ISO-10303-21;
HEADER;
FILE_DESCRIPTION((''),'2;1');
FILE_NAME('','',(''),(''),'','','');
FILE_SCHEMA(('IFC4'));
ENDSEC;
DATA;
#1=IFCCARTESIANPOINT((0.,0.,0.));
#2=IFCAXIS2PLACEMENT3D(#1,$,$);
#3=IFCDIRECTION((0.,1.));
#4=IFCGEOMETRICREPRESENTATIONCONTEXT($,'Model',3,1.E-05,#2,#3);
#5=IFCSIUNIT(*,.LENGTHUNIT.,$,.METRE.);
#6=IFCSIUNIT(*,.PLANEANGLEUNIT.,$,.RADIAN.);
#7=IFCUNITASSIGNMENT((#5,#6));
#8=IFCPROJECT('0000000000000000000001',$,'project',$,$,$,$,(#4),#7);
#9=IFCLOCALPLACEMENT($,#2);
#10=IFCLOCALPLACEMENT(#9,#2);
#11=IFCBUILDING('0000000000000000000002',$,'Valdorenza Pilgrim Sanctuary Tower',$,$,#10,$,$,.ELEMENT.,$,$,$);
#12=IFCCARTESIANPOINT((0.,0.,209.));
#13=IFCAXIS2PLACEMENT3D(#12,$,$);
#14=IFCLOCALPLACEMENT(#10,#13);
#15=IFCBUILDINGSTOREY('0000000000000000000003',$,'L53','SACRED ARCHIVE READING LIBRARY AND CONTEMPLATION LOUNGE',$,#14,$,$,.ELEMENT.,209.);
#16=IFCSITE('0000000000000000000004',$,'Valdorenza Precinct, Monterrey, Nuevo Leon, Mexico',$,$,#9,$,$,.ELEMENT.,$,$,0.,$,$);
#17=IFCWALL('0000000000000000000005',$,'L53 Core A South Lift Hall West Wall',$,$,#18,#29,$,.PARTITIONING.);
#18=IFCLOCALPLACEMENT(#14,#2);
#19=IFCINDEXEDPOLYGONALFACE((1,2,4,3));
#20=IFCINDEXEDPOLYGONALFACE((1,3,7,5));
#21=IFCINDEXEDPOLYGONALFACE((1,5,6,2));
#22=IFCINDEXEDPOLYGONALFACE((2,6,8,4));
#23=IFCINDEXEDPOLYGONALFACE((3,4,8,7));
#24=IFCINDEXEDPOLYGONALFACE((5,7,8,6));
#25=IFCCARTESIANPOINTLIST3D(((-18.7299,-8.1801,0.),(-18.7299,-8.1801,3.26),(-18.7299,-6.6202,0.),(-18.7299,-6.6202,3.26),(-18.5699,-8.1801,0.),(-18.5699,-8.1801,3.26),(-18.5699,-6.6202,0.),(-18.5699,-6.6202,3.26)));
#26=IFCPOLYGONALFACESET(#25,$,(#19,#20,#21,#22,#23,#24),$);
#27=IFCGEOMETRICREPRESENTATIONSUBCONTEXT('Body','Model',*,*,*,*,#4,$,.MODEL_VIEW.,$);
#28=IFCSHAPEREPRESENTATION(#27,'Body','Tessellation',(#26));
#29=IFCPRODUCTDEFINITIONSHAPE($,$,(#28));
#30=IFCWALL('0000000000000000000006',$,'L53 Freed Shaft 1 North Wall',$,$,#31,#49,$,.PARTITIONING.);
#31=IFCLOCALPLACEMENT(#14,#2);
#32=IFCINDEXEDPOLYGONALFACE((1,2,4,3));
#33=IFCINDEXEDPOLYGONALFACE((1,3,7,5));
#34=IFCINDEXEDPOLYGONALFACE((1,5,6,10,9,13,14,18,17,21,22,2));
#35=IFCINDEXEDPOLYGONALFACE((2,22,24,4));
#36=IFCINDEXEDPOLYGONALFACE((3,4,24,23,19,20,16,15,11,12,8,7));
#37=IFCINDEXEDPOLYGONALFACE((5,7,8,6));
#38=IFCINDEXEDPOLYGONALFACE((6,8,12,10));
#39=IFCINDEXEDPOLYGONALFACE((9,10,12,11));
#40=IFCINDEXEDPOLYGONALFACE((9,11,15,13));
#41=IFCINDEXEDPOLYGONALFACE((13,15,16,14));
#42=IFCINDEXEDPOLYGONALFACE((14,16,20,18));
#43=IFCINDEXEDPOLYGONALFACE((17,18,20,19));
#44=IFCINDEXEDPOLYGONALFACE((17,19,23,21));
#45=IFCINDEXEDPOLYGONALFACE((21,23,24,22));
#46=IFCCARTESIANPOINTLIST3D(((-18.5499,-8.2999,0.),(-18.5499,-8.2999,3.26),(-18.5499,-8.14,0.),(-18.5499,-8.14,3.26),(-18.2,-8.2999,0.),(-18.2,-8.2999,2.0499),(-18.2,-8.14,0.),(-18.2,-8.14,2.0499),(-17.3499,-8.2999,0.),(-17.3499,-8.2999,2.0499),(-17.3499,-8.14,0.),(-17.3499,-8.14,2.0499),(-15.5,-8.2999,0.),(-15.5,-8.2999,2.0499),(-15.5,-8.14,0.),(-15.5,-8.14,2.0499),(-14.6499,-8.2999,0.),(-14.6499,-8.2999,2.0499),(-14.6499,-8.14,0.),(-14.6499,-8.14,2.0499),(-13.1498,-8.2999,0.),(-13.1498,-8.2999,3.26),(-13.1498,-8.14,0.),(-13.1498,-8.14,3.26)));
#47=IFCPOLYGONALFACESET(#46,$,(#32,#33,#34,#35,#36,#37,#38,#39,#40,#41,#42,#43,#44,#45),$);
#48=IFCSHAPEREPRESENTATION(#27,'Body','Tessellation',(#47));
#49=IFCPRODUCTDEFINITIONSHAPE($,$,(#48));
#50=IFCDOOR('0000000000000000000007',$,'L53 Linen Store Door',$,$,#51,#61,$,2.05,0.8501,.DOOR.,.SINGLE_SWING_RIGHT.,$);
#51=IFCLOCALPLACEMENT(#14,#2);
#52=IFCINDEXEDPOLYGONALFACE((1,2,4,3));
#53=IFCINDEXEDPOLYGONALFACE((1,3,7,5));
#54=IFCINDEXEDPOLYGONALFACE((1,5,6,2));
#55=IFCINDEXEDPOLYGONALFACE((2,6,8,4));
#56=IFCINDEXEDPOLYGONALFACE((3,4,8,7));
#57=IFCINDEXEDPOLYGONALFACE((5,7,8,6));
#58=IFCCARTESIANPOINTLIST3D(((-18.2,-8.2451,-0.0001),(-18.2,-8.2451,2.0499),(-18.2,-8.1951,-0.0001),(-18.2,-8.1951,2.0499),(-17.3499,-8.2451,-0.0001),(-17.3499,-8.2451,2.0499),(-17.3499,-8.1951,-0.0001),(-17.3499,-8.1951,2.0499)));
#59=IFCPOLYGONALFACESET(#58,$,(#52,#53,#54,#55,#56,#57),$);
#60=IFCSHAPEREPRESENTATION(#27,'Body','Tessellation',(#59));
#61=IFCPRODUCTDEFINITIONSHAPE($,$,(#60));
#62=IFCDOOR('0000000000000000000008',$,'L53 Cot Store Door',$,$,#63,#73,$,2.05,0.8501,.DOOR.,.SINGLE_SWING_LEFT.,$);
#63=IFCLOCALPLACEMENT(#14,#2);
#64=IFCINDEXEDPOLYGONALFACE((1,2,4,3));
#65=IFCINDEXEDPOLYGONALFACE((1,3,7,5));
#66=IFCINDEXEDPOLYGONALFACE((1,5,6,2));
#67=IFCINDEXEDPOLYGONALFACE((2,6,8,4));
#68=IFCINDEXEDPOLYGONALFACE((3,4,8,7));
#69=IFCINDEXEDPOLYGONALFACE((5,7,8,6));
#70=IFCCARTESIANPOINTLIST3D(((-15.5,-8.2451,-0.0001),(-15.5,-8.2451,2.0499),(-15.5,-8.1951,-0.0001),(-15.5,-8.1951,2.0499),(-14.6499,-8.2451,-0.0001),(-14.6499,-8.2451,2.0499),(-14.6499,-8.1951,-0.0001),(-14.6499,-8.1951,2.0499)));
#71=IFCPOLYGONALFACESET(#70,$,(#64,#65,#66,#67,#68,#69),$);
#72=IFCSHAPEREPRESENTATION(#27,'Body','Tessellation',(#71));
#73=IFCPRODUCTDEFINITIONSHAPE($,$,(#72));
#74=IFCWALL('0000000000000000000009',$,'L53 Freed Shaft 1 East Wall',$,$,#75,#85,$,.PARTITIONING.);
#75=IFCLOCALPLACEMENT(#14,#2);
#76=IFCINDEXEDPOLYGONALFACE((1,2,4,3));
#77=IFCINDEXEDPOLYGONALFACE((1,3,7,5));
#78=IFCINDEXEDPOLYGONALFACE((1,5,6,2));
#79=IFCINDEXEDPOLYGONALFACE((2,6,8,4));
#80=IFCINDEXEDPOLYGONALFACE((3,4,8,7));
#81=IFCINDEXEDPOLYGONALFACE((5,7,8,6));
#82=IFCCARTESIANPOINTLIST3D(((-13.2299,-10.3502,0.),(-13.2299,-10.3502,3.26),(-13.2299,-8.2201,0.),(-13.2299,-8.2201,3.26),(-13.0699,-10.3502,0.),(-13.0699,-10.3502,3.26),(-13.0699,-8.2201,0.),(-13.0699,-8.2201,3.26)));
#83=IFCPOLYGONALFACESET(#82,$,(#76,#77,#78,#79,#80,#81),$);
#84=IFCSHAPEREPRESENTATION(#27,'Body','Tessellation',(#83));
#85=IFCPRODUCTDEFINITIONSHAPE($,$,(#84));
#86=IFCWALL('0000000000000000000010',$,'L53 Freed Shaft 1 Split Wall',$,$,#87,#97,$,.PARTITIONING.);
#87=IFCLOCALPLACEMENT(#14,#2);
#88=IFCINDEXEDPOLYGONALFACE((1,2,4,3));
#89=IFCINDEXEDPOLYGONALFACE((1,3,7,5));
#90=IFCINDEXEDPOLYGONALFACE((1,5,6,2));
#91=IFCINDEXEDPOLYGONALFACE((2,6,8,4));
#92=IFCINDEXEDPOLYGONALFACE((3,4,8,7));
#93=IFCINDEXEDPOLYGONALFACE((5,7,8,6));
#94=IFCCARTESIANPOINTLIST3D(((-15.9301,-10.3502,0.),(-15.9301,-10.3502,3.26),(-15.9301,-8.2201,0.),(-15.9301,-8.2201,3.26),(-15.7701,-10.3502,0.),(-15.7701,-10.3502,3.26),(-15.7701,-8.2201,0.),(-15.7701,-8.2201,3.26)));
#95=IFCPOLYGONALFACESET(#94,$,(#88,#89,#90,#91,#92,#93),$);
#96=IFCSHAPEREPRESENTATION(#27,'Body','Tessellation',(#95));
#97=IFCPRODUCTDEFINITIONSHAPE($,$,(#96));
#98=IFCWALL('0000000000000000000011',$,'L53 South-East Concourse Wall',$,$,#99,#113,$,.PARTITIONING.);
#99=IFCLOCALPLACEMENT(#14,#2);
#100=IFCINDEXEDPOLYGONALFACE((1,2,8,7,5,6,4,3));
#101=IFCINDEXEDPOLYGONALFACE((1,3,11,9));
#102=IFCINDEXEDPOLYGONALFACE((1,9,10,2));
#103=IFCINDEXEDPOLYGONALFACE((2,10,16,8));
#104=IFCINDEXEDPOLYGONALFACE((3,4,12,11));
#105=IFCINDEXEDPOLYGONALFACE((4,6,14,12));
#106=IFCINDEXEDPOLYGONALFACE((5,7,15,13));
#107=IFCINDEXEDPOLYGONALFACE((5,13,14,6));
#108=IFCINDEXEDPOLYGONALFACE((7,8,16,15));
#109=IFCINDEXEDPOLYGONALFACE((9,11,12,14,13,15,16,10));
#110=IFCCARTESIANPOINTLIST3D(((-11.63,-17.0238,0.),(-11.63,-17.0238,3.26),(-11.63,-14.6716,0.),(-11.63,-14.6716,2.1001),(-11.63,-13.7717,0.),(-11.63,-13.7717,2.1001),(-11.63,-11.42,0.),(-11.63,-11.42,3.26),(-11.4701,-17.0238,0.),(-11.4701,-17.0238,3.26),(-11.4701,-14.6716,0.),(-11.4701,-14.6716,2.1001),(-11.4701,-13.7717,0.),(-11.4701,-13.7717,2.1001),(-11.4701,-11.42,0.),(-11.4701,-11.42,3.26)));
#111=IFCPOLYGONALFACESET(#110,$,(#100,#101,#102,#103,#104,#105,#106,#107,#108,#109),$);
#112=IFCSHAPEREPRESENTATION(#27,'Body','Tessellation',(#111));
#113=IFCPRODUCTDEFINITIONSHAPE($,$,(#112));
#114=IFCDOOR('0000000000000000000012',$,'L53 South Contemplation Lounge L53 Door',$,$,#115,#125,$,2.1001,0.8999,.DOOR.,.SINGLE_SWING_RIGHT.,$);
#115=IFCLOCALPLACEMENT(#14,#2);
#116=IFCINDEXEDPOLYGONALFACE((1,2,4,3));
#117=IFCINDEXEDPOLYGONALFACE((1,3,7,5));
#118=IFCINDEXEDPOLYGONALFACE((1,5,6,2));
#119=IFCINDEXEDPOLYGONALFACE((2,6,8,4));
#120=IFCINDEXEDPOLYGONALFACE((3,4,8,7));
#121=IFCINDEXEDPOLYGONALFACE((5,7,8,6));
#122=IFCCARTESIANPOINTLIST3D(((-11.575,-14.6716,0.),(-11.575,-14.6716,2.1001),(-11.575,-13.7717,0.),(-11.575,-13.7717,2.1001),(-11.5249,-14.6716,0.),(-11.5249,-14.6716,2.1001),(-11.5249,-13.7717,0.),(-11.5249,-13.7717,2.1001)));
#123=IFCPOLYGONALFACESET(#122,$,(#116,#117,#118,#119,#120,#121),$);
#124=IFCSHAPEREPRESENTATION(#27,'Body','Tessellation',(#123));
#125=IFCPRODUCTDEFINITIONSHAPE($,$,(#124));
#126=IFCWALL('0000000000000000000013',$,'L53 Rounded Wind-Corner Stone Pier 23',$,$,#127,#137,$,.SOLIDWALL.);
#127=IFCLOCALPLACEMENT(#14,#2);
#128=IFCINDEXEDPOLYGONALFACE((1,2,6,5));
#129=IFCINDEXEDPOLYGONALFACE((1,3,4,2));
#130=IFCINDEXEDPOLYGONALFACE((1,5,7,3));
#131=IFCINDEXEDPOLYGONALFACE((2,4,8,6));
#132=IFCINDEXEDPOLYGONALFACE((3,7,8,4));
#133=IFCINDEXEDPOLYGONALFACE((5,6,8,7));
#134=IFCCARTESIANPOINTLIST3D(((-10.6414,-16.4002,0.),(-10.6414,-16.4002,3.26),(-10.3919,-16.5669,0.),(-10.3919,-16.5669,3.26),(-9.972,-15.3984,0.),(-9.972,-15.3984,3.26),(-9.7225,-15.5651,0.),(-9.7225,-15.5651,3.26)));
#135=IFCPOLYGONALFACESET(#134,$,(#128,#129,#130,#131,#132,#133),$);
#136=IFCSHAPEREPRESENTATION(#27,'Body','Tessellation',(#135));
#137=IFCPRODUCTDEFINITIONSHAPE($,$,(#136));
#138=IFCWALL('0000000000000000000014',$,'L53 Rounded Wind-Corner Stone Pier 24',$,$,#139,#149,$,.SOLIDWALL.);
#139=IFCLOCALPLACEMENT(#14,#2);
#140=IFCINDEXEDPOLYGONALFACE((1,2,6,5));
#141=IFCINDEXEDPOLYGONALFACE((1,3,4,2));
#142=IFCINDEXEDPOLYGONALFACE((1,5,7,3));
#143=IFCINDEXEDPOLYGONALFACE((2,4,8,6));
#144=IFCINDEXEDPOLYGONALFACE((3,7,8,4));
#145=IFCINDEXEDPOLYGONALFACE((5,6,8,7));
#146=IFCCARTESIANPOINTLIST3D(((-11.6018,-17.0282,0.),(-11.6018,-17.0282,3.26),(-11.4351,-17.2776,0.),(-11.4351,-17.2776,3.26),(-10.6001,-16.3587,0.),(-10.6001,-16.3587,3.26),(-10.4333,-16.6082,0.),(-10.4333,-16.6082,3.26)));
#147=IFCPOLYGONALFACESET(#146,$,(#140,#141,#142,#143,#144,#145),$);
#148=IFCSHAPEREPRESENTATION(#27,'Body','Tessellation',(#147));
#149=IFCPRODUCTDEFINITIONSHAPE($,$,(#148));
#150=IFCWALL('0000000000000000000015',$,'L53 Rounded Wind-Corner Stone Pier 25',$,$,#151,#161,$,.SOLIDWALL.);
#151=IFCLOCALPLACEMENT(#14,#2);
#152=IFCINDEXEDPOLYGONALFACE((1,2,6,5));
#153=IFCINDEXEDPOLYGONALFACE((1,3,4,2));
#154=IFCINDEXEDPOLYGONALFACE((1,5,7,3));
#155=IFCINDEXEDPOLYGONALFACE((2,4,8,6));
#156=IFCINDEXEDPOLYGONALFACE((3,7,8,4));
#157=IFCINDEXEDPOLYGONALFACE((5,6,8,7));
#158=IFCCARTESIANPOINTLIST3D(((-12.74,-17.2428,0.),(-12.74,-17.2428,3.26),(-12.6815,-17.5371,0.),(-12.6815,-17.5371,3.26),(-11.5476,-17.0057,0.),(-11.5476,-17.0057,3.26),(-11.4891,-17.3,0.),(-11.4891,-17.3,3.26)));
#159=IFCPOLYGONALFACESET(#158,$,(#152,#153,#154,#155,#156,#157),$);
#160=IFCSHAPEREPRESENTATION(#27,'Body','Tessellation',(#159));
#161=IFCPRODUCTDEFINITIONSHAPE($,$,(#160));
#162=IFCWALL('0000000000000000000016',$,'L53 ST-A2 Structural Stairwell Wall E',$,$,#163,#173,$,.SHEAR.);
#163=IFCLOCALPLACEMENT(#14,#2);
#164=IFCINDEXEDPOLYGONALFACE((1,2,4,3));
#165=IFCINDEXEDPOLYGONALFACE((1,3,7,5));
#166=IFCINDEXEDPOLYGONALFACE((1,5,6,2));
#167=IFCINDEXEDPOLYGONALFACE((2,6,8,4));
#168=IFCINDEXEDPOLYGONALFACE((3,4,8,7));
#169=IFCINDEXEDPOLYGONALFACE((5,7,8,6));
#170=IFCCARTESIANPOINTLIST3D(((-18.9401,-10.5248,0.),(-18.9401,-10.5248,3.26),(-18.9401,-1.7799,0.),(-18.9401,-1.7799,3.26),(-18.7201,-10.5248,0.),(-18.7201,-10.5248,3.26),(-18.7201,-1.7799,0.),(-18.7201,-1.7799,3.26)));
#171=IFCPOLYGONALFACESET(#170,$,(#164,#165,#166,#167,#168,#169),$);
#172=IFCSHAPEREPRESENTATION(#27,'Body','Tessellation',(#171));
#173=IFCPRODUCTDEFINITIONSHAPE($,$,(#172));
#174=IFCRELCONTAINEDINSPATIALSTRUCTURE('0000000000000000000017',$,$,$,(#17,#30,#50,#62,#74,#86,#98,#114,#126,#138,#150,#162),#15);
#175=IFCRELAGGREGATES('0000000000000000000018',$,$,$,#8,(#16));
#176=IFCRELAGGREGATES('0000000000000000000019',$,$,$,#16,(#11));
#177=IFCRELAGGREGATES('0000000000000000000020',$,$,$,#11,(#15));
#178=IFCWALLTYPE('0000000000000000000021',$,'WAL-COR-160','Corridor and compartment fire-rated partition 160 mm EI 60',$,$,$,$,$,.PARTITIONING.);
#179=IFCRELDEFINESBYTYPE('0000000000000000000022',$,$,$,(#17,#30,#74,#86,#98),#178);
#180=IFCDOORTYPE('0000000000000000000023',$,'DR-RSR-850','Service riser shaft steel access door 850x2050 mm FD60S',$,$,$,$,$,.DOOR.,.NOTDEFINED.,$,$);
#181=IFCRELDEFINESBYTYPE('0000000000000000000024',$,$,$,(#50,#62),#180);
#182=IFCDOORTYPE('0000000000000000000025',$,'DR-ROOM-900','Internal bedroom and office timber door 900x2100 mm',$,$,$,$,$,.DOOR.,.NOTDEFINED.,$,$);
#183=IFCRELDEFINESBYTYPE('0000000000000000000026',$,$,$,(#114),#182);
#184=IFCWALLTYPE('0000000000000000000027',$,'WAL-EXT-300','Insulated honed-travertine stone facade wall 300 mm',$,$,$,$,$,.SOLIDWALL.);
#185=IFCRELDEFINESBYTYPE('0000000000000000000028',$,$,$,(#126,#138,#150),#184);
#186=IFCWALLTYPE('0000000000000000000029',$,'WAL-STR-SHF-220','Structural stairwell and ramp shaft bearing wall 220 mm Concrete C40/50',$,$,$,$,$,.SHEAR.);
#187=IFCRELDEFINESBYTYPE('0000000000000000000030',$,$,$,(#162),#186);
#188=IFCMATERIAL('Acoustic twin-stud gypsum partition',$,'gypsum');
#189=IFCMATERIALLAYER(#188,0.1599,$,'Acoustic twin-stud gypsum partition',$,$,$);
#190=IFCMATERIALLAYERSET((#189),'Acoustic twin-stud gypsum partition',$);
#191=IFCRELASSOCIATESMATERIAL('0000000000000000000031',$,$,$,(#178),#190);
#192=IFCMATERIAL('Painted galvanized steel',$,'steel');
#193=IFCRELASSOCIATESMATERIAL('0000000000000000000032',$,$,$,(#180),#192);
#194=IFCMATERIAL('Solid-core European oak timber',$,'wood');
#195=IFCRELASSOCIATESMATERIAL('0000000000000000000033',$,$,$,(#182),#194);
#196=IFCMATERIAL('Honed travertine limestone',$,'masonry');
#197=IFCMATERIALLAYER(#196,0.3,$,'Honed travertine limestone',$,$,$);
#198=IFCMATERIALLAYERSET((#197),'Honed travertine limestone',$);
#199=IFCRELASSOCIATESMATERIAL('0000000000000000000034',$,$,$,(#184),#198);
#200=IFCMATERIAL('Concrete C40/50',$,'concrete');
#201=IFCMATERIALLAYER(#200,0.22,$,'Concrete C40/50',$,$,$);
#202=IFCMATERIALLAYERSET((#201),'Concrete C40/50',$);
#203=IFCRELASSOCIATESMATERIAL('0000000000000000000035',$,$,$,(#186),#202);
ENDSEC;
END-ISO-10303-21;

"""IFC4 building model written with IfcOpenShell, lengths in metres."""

from ifc_helpers import new_model, si_unit, direction, frame, frame_2d, origin, place, context, subcontext, project, spatial, rectangle, extrude, material, layer, layer_set, type_object, element, fill, save


model = new_model("IFC4")

# Units and contexts
model_context = context("Model", 3, precision=1e-05, world=origin(), true_north=direction((0.0, 1.0)))
body_context = subcontext(model_context, "Body", "Model", "MODEL_VIEW")
ifc_project = project(units=[si_unit("LENGTHUNIT", "METRE"), si_unit("PLANEANGLEUNIT", "RADIAN")], contexts=[model_context])

# Site, building, storey
site_placement = place(None, origin())
site = spatial("IfcSite", under=ifc_project, at=site_placement, Name="Valdorenza Precinct, Monterrey, Nuevo Leon, Mexico", CompositionType="ELEMENT", RefElevation=0.0)
building_placement = place(site_placement, origin())
building = spatial("IfcBuilding", under=site, at=building_placement, Name="Valdorenza Pilgrim Sanctuary Tower", CompositionType="ELEMENT")
storey_placement = place(building_placement, frame((0.0, 0.0, 209.0)))
storey = spatial("IfcBuildingStorey", under=building, at=storey_placement, Name="L53", Description="SACRED ARCHIVE READING LIBRARY AND CONTEMPLATION LOUNGE", CompositionType="ELEMENT", Elevation=209.0)

# Shared definitions
ifc_material_1 = material(Name="Honed travertine limestone", Category="masonry")

# Wall
ifc_material_2 = material(Name="Acoustic twin-stud gypsum partition", Category="gypsum")
ifc_layer_1 = layer(ifc_material_2, 0.1599, Name="Acoustic twin-stud gypsum partition")
ifc_layer_set_1 = layer_set([ifc_layer_1], Name="Acoustic twin-stud gypsum partition")
wall_type_1 = type_object("IfcWallType", Name="WAL-COR-160", Description="Corridor and compartment fire-rated partition 160 mm EI 60", PredefinedType="PARTITIONING", material=ifc_layer_set_1)
wall_1_placement = place(storey_placement, frame((-18.6499, -8.1799, 0.0), z_axis=(0.0, 0.0, 1.0), x_axis=(0.0, 1.0, 0.0)))
element("IfcWall", 1, at=wall_1_placement, inside=storey, type_object=wall_type_1, Name="L53 Core A South Lift Hall West Wall", PredefinedType="PARTITIONING", context=body_context, shape_type="SweptSolid", body=[
    extrude(rectangle(XDim=1.5598, YDim=0.1599, at=frame_2d((0.7798, 0.0))), origin(), (0.0, 0.0, 1.0), 3.26),
])

# Wall, openings, doors
wall_2_placement = place(storey_placement, frame((-18.55, -8.22, 0.0), z_axis=(0.0, 0.0, 1.0), x_axis=(1.0, 0.0, 0.0)))
wall_2 = element("IfcWall", 2, at=wall_2_placement, inside=storey, type_object=wall_type_1, Name="L53 Freed Shaft 1 North Wall", PredefinedType="PARTITIONING", context=body_context, shape_type="SweptSolid", body=[
    extrude(rectangle(XDim=5.4001, YDim=0.1599, at=frame_2d((2.7002, 0.0))), origin(), (0.0, 0.0, 1.0), 3.26),
])
opening_1_placement = place(wall_2_placement, frame((0.3501, 0.0, 0.0)))
opening_1 = element("IfcOpeningElement", 3, at=opening_1_placement, cuts=wall_2, PredefinedType="OPENING", context=body_context, shape_type="SweptSolid", body=[
    extrude(rectangle(XDim=0.8501, YDim=2.05, at=frame_2d((0.425, 1.0249))), frame((0.0, 0.0947, 0.0), z_axis=(0.0, -1.0, 0.0), x_axis=(1.0, 0.0, 0.0)), (0.0, 0.0, 1.0), 0.1897),
])
opening_2_placement = place(wall_2_placement, frame((3.05, 0.0, 0.0)))
opening_2 = element("IfcOpeningElement", 4, at=opening_2_placement, cuts=wall_2, PredefinedType="OPENING", context=body_context, shape_type="SweptSolid", body=[
    extrude(rectangle(XDim=0.8501, YDim=2.05, at=frame_2d((0.425, 1.0249))), frame((0.0, 0.0947, 0.0), z_axis=(0.0, -1.0, 0.0), x_axis=(1.0, 0.0, 0.0)), (0.0, 0.0, 1.0), 0.1897),
])
ifc_material_3 = material(Name="Painted galvanized steel", Category="steel")
door_type_1 = type_object("IfcDoorType", Name="DR-RSR-850", Description="Service riser shaft steel access door 850x2050 mm FD60S", OperationType="NOTDEFINED", PredefinedType="DOOR", material=ifc_material_3)
door_1_placement = place(opening_1_placement, origin())
door_1 = element("IfcDoor", 5, at=door_1_placement, inside=storey, type_object=door_type_1, Name="L53 Linen Store Door", OperationType="SINGLE_SWING_RIGHT", OverallHeight=2.05, OverallWidth=0.8501, PredefinedType="DOOR", context=body_context, shape_type="SweptSolid", body=[
    extrude(rectangle(XDim=0.8501, YDim=2.05, at=frame_2d((0.425, 1.0249))), frame((0.0, 0.0249, 0.0), z_axis=(0.0, -1.0, 0.0), x_axis=(1.0, 0.0, 0.0)), (0.0, 0.0, 1.0), 0.05),
])
fill(opening_1, door_1)
door_2_placement = place(opening_2_placement, origin())
door_2 = element("IfcDoor", 6, at=door_2_placement, inside=storey, type_object=door_type_1, Name="L53 Cot Store Door", OperationType="SINGLE_SWING_LEFT", OverallHeight=2.05, OverallWidth=0.8501, PredefinedType="DOOR", context=body_context, shape_type="SweptSolid", body=[
    extrude(rectangle(XDim=0.8501, YDim=2.05, at=frame_2d((0.425, 1.0249))), frame((0.0, 0.0249, 0.0), z_axis=(0.0, -1.0, 0.0), x_axis=(1.0, 0.0, 0.0)), (0.0, 0.0, 1.0), 0.05),
])
fill(opening_2, door_2)

# Walls
for number, where, z_axis, x_axis, name in (
    (7, (-13.1499, -10.3501, 0.0), (0.0, 0.0, 1.0), (0.0, 1.0, 0.0), "L53 Freed Shaft 1 East Wall"),
    (8, (-15.8501, -10.3501, 0.0), (0.0, 0.0, 1.0), (0.0, 1.0, 0.0), "L53 Freed Shaft 1 Split Wall"),
):
    element("IfcWall", number, at=place(storey_placement, frame(where, z_axis=z_axis, x_axis=x_axis)), inside=storey, type_object=wall_type_1, Name=name, PredefinedType="PARTITIONING", context=body_context, shape_type="SweptSolid", body=[
        extrude(rectangle(XDim=2.1301, YDim=0.1599, at=frame_2d((1.0649, 0.0))), origin(), (0.0, 0.0, 1.0), 3.26),
    ])

# Wall, opening, door
wall_3_placement = place(storey_placement, frame((-11.55, -17.0237, 0.0), z_axis=(0.0, 0.0, 1.0), x_axis=(0.0, 1.0, 0.0)))
wall_3 = element("IfcWall", 9, at=wall_3_placement, inside=storey, type_object=wall_type_1, Name="L53 South-East Concourse Wall", PredefinedType="PARTITIONING", context=body_context, shape_type="SweptSolid", body=[
    extrude(rectangle(XDim=5.6038, YDim=0.1599, at=frame_2d((2.8018, 0.0))), origin(), (0.0, 0.0, 1.0), 3.26),
])
opening_3_placement = place(wall_3_placement, frame((2.3521, 0.0, 0.0)))
opening_3 = element("IfcOpeningElement", 10, at=opening_3_placement, cuts=wall_3, PredefinedType="OPENING", context=body_context, shape_type="SweptSolid", body=[
    extrude(rectangle(XDim=0.8999, YDim=2.1001, at=frame_2d((0.45, 1.05))), frame((0.0, 0.0947, 0.0), z_axis=(0.0, -1.0, 0.0), x_axis=(1.0, 0.0, 0.0)), (0.0, 0.0, 1.0), 0.1897),
])
ifc_material_4 = material(Name="Solid-core European oak timber", Category="wood")
door_type_2 = type_object("IfcDoorType", Name="DR-ROOM-900", Description="Internal bedroom and office timber door 900x2100 mm", OperationType="NOTDEFINED", PredefinedType="DOOR", material=ifc_material_4)
door_3_placement = place(opening_3_placement, origin())
door_3 = element("IfcDoor", 11, at=door_3_placement, inside=storey, type_object=door_type_2, Name="L53 South Contemplation Lounge L53 Door", OperationType="SINGLE_SWING_RIGHT", OverallHeight=2.1001, OverallWidth=0.8999, PredefinedType="DOOR", context=body_context, shape_type="SweptSolid", body=[
    extrude(rectangle(XDim=0.8999, YDim=2.1001, at=frame_2d((0.45, 1.05))), frame((0.0, 0.0249, 0.0), z_axis=(0.0, -1.0, 0.0), x_axis=(1.0, 0.0, 0.0)), (0.0, 0.0, 1.0), 0.05),
])
fill(opening_3, door_3)

# Walls
ifc_layer_2 = layer(ifc_material_1, 0.3, Name="Honed travertine limestone")
ifc_layer_set_2 = layer_set([ifc_layer_2], Name="Honed travertine limestone")
wall_type_2 = type_object("IfcWallType", Name="WAL-EXT-300", Description="Insulated honed-travertine stone facade wall 300 mm", PredefinedType="SOLIDWALL", material=ifc_layer_set_2)
for number, where, z_axis, x_axis, name in (
    (12, (-9.8472, -15.4817, 0.0), (0.0, 0.0, 1.0), (-0.555635, -0.831426, 0.0), "L53 Rounded Wind-Corner Stone Pier 23"),
    (13, (-10.5166, -16.4834, 0.0), (0.0, 0.0, 1.0), (-0.831426, -0.555635, 0.0), "L53 Rounded Wind-Corner Stone Pier 24"),
):
    element("IfcWall", number, at=place(storey_placement, frame(where, z_axis=z_axis, x_axis=x_axis)), inside=storey, type_object=wall_type_2, Name=name, PredefinedType="SOLIDWALL", context=body_context, shape_type="SweptSolid", body=[
        extrude(rectangle(XDim=1.2048, YDim=0.3, at=frame_2d((0.6025, 0.0))), origin(), (0.0, 0.0, 1.0), 3.26),
    ])
wall_4_placement = place(storey_placement, frame((-11.5183, -17.1528, 0.0), z_axis=(0.0, 0.0, 1.0), x_axis=(-0.980804, -0.194996, 0.0)))
element("IfcWall", 14, at=wall_4_placement, inside=storey, type_object=wall_type_2, Name="L53 Rounded Wind-Corner Stone Pier 25", PredefinedType="SOLIDWALL", context=body_context, shape_type="SweptSolid", body=[
    extrude(rectangle(XDim=1.2158, YDim=0.3, at=frame_2d((0.6079, 0.0))), origin(), (0.0, 0.0, 1.0), 3.26),
])
ifc_material_5 = material(Name="Concrete C40/50", Category="concrete")
ifc_layer_3 = layer(ifc_material_5, 0.22, Name="Concrete C40/50")
ifc_layer_set_3 = layer_set([ifc_layer_3], Name="Concrete C40/50")
wall_type_3 = type_object("IfcWallType", Name="WAL-STR-SHF-220", Description="Structural stairwell and ramp shaft bearing wall 220 mm Concrete C40/50", PredefinedType="SHEAR", material=ifc_layer_set_3)
wall_5_placement = place(storey_placement, frame((-18.8301, -10.5249, 0.0), z_axis=(0.0, 0.0, 1.0), x_axis=(0.0, 1.0, 0.0)))
element("IfcWall", 15, at=wall_5_placement, inside=storey, type_object=wall_type_3, Name="L53 ST-A2 Structural Stairwell Wall E", PredefinedType="SHEAR", context=body_context, shape_type="SweptSolid", body=[
    extrude(rectangle(XDim=8.7449, YDim=0.22, at=frame_2d((4.3726, 0.0))), origin(), (0.0, 0.0, 1.0), 3.26),
])

save(model, "model.ifc")
